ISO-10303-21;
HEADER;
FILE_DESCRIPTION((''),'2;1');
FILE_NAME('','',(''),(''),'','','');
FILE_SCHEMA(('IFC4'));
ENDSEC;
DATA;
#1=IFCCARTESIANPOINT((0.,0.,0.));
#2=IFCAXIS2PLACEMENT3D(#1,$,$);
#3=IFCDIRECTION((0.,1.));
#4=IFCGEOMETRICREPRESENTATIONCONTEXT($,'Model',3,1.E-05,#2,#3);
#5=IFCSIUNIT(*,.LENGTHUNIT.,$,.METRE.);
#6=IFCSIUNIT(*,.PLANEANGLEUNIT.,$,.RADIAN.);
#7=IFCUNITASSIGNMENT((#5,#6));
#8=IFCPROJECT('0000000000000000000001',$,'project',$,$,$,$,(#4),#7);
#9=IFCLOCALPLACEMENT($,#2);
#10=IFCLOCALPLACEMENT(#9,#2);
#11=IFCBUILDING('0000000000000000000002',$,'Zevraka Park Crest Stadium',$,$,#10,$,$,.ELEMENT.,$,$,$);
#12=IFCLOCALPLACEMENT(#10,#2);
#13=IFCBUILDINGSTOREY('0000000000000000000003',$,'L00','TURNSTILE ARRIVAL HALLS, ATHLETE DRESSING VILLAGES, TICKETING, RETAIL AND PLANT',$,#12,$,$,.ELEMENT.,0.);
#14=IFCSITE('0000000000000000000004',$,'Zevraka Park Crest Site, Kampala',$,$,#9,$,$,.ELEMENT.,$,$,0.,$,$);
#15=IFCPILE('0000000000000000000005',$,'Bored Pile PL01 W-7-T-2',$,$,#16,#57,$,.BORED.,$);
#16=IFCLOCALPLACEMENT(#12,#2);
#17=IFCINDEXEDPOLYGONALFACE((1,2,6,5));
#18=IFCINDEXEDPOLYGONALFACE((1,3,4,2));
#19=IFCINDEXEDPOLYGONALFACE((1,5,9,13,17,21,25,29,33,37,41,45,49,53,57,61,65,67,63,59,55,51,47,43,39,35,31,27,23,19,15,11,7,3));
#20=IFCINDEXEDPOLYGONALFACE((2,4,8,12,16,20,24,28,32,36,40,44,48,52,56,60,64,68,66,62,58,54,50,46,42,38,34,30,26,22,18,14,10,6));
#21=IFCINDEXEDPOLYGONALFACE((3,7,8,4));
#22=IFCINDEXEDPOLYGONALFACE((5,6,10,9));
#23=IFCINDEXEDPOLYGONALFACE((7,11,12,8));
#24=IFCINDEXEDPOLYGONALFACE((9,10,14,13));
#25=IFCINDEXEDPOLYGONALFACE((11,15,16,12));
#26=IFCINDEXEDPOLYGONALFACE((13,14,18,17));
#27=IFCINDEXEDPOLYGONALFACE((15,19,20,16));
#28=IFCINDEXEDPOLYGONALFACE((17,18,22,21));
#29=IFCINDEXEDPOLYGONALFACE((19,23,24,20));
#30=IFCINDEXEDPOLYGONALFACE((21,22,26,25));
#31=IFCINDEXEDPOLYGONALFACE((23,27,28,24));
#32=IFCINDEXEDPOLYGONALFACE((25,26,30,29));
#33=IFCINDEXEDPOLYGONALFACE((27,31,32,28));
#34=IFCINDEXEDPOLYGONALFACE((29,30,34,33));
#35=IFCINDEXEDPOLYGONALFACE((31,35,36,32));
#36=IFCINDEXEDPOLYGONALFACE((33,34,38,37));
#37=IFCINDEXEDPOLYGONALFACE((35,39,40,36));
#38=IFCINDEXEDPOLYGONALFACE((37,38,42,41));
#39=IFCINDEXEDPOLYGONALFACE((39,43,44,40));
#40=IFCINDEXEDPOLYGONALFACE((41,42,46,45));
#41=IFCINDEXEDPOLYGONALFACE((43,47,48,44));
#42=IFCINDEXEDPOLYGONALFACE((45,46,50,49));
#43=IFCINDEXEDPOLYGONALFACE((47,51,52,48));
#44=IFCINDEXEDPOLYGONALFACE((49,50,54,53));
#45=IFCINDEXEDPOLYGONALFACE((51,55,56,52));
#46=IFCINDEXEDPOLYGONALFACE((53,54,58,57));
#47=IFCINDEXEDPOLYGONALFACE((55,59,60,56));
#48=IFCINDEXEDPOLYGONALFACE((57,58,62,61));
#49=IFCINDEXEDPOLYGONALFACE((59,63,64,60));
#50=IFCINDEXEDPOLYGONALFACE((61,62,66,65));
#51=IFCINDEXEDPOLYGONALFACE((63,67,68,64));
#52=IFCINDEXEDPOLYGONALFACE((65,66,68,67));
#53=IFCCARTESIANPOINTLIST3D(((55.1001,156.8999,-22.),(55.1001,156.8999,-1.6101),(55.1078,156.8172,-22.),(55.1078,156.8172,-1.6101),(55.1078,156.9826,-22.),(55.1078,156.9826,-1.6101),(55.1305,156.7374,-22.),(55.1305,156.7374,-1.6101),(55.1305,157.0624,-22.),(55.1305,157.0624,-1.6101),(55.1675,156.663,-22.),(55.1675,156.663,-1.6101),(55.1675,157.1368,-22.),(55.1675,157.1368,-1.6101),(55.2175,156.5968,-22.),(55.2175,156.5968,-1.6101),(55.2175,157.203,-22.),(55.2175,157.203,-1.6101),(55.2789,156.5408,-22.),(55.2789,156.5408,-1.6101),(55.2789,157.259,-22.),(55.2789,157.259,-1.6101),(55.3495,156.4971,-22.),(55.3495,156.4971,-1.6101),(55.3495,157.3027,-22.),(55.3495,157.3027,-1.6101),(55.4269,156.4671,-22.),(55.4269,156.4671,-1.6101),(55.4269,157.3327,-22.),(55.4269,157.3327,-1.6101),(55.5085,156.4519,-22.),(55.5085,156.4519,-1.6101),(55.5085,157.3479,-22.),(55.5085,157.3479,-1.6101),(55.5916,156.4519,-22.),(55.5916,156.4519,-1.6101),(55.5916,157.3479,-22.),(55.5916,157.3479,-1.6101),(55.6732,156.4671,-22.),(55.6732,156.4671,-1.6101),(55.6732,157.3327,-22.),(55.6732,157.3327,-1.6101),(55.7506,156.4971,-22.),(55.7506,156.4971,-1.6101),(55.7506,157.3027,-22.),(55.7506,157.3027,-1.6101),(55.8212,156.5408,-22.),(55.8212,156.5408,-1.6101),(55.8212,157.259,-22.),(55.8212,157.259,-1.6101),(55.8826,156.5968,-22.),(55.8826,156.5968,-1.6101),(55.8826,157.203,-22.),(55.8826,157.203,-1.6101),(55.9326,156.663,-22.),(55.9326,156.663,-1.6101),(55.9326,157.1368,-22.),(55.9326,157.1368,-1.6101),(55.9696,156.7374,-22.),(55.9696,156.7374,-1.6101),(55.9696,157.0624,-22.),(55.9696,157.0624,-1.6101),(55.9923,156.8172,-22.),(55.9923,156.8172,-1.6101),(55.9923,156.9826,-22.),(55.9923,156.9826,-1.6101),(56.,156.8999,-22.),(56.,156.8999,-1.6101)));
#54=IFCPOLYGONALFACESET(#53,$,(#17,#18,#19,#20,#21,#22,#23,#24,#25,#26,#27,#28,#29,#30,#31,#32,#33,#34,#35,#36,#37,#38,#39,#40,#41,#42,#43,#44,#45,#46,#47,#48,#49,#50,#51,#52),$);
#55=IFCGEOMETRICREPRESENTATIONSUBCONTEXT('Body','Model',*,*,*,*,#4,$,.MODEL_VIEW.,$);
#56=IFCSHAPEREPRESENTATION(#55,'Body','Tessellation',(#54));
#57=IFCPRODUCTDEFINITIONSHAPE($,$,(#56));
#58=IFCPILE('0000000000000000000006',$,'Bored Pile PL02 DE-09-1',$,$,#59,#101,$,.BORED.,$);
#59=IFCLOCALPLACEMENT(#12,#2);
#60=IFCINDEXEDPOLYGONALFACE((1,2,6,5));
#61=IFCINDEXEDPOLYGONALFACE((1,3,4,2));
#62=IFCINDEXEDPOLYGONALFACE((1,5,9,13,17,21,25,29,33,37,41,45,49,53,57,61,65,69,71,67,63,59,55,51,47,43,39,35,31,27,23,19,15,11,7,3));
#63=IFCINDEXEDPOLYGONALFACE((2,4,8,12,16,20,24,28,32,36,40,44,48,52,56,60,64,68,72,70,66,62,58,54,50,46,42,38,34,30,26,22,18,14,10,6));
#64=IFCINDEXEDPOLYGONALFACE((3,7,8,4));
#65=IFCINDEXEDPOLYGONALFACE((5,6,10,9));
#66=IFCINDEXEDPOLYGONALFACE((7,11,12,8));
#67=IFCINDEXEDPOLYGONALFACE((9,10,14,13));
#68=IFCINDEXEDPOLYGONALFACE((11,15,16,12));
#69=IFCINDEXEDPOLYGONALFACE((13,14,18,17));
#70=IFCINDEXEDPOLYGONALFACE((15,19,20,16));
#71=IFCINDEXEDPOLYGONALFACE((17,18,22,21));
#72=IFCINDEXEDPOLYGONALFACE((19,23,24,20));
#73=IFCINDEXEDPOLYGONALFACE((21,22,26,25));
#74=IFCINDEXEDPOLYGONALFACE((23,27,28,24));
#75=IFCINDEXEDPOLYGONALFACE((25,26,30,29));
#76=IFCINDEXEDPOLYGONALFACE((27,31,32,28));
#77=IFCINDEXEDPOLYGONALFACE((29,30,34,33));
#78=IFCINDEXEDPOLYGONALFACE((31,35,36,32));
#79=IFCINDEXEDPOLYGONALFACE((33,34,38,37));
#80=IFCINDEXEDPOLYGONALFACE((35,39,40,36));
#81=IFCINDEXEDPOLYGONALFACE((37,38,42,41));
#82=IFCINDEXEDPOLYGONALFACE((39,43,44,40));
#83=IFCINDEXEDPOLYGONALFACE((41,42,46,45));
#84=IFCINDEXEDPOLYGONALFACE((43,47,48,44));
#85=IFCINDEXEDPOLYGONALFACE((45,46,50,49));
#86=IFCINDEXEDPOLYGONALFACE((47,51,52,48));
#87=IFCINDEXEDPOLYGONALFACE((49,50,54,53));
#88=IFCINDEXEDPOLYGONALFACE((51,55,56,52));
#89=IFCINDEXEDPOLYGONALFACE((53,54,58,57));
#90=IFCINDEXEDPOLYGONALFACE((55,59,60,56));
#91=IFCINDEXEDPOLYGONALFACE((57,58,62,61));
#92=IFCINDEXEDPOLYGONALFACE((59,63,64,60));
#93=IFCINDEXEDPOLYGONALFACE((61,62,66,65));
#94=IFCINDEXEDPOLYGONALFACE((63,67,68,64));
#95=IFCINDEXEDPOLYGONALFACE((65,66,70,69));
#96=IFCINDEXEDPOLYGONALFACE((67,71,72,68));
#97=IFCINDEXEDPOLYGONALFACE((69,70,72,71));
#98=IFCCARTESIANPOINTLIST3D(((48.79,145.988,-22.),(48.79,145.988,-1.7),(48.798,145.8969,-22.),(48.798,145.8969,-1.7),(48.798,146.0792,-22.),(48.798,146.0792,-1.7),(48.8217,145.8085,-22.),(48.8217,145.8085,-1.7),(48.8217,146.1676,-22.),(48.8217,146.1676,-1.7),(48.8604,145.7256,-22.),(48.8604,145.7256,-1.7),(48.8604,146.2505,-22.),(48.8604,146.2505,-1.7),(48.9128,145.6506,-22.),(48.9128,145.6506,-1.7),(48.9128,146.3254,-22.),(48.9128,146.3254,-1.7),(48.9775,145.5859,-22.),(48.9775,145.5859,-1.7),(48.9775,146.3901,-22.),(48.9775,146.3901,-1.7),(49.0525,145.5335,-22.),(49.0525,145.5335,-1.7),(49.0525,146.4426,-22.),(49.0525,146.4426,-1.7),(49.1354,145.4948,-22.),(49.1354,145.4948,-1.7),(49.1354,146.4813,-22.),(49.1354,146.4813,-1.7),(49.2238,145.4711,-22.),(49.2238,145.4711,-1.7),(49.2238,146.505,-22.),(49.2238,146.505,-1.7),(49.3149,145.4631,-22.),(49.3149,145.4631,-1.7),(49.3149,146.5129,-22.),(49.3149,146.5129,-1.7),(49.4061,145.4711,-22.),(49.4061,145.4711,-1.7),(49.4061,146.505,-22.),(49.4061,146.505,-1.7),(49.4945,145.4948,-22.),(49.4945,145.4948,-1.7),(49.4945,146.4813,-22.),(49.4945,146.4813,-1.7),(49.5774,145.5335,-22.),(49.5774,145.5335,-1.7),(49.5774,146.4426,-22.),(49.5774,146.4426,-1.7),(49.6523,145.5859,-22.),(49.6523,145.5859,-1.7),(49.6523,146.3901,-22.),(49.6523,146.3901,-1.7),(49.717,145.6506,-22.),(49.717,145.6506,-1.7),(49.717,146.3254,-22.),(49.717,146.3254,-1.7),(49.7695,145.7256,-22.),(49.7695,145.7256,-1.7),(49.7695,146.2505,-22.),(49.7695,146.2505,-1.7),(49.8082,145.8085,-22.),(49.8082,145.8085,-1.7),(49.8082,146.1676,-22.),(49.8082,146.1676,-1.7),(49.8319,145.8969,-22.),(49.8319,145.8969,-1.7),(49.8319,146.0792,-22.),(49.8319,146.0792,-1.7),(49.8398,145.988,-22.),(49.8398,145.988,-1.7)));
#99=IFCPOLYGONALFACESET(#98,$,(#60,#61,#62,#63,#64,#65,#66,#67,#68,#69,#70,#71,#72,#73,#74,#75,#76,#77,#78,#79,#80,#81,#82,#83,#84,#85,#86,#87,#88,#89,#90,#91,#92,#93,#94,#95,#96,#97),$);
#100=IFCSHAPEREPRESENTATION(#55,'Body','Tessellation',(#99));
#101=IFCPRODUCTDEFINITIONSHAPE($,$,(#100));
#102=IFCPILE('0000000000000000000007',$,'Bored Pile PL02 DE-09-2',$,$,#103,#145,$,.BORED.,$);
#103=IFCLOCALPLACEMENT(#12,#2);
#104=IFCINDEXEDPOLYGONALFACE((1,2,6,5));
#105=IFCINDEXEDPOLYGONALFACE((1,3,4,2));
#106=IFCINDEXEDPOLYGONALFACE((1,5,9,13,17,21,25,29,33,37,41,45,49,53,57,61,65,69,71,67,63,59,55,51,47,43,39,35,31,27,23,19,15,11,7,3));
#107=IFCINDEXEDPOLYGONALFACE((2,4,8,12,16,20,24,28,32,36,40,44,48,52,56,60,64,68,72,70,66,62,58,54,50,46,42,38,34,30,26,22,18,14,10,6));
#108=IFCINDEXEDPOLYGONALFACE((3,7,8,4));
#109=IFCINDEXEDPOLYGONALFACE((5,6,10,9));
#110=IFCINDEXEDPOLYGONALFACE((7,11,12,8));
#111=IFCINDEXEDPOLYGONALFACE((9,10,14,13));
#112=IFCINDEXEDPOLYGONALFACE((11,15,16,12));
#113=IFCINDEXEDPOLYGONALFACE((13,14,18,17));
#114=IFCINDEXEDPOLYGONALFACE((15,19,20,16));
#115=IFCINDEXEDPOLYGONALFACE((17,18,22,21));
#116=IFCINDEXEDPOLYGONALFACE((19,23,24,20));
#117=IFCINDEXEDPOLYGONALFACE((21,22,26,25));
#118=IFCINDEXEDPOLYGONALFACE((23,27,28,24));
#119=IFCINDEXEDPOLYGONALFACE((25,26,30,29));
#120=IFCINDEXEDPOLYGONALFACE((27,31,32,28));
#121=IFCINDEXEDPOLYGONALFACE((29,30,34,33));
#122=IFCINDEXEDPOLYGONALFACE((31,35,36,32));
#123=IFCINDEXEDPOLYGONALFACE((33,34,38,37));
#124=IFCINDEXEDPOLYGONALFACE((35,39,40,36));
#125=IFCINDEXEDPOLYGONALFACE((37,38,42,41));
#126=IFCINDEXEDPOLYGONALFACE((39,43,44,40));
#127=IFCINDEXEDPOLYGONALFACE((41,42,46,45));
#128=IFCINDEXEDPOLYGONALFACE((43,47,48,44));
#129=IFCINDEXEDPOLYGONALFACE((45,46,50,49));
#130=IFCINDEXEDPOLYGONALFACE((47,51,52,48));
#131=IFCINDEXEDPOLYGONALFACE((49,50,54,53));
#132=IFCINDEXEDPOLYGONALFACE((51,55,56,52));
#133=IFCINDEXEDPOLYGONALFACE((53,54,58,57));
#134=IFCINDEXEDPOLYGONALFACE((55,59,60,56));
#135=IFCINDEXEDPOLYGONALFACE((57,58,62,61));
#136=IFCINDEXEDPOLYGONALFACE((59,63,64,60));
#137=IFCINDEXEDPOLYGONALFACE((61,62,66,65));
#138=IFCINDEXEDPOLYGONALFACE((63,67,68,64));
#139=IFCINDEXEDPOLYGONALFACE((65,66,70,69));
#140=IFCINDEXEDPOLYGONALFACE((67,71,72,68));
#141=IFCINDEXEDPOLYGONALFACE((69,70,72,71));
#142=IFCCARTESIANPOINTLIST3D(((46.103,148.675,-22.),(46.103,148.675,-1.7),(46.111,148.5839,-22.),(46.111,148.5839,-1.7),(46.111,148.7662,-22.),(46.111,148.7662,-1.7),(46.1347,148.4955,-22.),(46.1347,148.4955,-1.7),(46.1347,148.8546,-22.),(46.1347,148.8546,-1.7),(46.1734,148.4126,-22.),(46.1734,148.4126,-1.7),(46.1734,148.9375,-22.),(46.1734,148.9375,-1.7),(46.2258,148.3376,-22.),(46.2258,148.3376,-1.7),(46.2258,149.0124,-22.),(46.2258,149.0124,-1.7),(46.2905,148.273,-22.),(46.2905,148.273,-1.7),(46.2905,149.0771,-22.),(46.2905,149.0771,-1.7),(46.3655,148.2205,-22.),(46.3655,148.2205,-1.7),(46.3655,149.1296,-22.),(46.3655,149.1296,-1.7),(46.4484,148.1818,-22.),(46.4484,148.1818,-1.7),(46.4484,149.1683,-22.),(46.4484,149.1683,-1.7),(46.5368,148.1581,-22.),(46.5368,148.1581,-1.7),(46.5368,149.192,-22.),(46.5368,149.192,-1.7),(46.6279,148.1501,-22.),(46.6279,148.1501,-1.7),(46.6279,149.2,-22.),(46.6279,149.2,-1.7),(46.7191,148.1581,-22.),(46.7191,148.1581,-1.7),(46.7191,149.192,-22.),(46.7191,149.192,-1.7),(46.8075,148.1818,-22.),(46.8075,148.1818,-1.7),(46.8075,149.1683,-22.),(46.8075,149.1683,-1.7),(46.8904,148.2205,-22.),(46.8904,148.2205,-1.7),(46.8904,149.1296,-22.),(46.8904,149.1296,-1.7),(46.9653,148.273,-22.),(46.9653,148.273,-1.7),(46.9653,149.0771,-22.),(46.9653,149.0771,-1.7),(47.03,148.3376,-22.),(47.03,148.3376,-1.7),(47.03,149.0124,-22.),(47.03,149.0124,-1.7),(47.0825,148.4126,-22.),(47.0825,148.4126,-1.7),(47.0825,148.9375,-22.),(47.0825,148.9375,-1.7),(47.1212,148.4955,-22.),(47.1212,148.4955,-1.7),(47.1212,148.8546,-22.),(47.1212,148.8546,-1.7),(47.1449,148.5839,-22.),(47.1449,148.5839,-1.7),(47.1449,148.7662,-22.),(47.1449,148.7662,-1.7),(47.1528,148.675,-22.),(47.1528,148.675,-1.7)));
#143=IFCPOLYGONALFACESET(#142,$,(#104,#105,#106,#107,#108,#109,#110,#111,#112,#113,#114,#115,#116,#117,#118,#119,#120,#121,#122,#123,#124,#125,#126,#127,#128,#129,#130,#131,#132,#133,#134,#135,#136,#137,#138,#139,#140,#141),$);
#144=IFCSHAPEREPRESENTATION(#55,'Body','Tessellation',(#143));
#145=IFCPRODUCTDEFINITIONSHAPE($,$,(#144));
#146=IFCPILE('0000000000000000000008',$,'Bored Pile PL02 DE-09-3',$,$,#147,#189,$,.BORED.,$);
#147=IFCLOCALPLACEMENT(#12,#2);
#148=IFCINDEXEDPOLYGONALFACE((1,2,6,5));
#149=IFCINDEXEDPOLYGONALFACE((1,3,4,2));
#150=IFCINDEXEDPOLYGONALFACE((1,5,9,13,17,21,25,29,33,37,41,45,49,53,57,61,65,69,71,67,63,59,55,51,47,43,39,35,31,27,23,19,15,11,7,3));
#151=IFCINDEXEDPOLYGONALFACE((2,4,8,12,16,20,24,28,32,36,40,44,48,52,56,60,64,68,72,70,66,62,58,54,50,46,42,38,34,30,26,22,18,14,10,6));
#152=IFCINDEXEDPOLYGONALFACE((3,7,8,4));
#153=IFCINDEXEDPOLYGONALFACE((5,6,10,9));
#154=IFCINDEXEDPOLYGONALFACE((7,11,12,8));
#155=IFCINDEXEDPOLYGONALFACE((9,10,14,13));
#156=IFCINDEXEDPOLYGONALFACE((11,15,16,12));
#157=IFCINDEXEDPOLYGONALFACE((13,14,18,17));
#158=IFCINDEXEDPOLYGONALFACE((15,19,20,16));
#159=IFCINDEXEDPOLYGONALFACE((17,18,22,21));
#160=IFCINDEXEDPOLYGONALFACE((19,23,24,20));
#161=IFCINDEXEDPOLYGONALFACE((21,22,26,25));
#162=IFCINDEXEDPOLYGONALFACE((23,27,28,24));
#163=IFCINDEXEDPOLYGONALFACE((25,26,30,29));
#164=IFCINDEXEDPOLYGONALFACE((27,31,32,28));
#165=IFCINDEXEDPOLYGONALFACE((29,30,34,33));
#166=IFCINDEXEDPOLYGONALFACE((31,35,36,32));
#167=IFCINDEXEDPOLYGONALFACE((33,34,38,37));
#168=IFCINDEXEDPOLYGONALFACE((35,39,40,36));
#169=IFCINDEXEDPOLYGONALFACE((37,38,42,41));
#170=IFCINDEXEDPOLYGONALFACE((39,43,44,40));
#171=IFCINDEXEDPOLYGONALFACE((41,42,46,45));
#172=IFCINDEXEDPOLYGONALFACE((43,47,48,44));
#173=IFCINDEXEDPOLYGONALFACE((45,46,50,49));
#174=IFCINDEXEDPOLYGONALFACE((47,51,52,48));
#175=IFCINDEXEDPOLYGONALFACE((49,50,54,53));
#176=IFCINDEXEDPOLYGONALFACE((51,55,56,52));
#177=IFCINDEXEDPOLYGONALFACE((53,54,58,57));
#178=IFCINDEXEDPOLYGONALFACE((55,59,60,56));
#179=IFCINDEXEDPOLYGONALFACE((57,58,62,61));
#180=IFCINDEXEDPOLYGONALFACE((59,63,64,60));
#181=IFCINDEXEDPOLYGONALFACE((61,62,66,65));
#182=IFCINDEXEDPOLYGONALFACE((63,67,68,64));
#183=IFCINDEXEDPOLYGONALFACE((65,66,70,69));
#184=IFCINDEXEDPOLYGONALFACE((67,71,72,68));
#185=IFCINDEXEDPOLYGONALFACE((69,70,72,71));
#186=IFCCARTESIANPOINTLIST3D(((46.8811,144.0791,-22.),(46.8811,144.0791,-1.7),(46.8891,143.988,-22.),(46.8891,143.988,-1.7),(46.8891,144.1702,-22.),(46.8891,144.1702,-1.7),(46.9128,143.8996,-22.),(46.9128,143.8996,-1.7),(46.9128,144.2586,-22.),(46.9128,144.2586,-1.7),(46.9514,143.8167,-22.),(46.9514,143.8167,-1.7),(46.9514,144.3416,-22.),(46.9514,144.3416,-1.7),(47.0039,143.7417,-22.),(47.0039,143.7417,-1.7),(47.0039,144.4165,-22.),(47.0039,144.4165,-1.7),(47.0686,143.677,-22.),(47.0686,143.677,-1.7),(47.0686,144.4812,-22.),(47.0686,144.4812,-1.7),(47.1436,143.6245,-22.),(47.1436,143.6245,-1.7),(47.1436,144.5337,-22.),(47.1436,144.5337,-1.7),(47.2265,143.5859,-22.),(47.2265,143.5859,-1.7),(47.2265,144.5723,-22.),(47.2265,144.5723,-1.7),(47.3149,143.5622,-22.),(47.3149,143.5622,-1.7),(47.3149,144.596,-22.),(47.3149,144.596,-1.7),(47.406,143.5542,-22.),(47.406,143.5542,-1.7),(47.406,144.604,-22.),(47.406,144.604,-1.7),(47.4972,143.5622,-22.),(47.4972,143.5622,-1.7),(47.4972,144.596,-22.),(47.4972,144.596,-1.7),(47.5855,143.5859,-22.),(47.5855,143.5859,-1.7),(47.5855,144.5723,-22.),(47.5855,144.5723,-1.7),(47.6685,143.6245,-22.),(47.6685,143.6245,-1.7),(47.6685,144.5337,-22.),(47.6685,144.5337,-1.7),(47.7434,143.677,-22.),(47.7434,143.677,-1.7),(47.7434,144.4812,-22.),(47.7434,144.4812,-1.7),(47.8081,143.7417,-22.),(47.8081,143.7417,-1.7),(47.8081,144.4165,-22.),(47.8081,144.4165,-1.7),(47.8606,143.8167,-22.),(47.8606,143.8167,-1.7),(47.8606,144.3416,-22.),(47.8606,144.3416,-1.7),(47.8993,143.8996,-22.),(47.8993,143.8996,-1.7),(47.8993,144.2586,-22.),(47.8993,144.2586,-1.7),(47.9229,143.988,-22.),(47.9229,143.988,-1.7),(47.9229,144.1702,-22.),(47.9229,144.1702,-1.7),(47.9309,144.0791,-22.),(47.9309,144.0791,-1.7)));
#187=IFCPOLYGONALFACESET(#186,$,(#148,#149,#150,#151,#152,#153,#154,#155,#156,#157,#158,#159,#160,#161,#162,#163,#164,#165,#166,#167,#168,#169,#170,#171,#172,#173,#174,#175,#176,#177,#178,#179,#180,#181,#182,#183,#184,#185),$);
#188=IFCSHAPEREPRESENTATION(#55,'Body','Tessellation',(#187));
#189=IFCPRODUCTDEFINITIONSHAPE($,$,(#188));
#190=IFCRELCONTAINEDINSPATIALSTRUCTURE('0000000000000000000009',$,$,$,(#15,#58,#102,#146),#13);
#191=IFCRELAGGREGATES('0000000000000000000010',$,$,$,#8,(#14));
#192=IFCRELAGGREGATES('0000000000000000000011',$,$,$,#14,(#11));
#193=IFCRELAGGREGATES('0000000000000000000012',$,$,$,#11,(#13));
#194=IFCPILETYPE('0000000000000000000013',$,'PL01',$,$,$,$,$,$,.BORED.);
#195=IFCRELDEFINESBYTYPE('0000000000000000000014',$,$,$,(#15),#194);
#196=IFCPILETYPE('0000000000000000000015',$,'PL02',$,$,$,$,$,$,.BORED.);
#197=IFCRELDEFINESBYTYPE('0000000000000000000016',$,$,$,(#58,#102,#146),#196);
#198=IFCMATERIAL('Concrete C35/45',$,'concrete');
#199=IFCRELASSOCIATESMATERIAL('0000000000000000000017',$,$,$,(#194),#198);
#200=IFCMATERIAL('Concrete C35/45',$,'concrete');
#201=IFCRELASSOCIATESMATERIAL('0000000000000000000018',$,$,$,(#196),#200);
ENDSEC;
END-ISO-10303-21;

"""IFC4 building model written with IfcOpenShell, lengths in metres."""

from ifc_helpers import new_model, si_unit, direction, frame, origin, origin_2d, place, context, subcontext, project, spatial, circle, extrude, material, material_profile, profile_set, type_object, element, save


model = new_model("IFC4")

# Units and contexts
model_context = context("Model", 3, precision=1e-05, world=origin(), true_north=direction((0.0, 1.0)))
body_context = subcontext(model_context, "Body", "Model", "MODEL_VIEW")
ifc_project = project(units=[si_unit("LENGTHUNIT", "METRE"), si_unit("PLANEANGLEUNIT", "RADIAN")], contexts=[model_context])

# Site, building, storey
site_placement = place(None, origin())
site = spatial("IfcSite", under=ifc_project, at=site_placement, Name="Zevraka Park Crest Site, Kampala", CompositionType="ELEMENT", RefElevation=0.0)
building_placement = place(site_placement, origin())
building = spatial("IfcBuilding", under=site, at=building_placement, Name="Zevraka Park Crest Stadium", CompositionType="ELEMENT")
storey_placement = place(building_placement, origin())
storey = spatial("IfcBuildingStorey", under=building, at=storey_placement, Name="L00", Description="TURNSTILE ARRIVAL HALLS, ATHLETE DRESSING VILLAGES, TICKETING, RETAIL AND PLANT", CompositionType="ELEMENT", Elevation=0.0)

# Piles
ifc_material_1 = material(Name="Concrete C35/45", Category="concrete")
ifc_material_profile_1 = material_profile(ifc_material_1, circle(Radius=0.45, at=origin_2d()), Name="PILE D900")
ifc_profile_set_1 = profile_set([ifc_material_profile_1], Name="Concrete C35/45")
pile_type_1 = type_object("IfcPileType", Name="PL01", PredefinedType="BORED", material=ifc_profile_set_1)
for number, where, z_axis, x_axis, name in (
    (1, (55.55, 156.8999, -1.6101), (0.0, 0.0, -1.0), (1.0, 0.0, 0.0), "Bored Pile PL01 W-7-T-2"),
):
    element("IfcPile", number, at=place(storey_placement, frame(where, z_axis=z_axis, x_axis=x_axis)), inside=storey, type_object=pile_type_1, Name=name, PredefinedType="BORED", context=body_context, shape_type="SweptSolid", body=[
        extrude(circle(Radius=0.45, at=origin_2d()), origin(), (0.0, 0.0, 1.0), 20.3899),
    ])
ifc_material_2 = material(Name="Concrete C35/45", Category="concrete")
ifc_material_profile_2 = material_profile(ifc_material_2, circle(Radius=0.5249, at=origin_2d()), Name="PILE D1050")
ifc_profile_set_2 = profile_set([ifc_material_profile_2], Name="Concrete C35/45")
pile_type_2 = type_object("IfcPileType", Name="PL02", PredefinedType="BORED", material=ifc_profile_set_2)
for number, where, z_axis, x_axis, name in (
    (2, (49.3149, 145.988, -1.7), (0.0, 0.0, -1.0), (1.0, 0.0, 0.0), "Bored Pile PL02 DE-09-1"),
    (3, (46.6279, 148.675, -1.7), (0.0, 0.0, -1.0), (1.0, 0.0, 0.0), "Bored Pile PL02 DE-09-2"),
    (4, (47.406, 144.0791, -1.7), (0.0, 0.0, -1.0), (1.0, 0.0, 0.0), "Bored Pile PL02 DE-09-3"),
):
    element("IfcPile", number, at=place(storey_placement, frame(where, z_axis=z_axis, x_axis=x_axis)), inside=storey, type_object=pile_type_2, Name=name, PredefinedType="BORED", context=body_context, shape_type="SweptSolid", body=[
        extrude(circle(Radius=0.5249, at=origin_2d()), origin(), (0.0, 0.0, 1.0), 20.3),
    ])

save(model, "model.ifc")
